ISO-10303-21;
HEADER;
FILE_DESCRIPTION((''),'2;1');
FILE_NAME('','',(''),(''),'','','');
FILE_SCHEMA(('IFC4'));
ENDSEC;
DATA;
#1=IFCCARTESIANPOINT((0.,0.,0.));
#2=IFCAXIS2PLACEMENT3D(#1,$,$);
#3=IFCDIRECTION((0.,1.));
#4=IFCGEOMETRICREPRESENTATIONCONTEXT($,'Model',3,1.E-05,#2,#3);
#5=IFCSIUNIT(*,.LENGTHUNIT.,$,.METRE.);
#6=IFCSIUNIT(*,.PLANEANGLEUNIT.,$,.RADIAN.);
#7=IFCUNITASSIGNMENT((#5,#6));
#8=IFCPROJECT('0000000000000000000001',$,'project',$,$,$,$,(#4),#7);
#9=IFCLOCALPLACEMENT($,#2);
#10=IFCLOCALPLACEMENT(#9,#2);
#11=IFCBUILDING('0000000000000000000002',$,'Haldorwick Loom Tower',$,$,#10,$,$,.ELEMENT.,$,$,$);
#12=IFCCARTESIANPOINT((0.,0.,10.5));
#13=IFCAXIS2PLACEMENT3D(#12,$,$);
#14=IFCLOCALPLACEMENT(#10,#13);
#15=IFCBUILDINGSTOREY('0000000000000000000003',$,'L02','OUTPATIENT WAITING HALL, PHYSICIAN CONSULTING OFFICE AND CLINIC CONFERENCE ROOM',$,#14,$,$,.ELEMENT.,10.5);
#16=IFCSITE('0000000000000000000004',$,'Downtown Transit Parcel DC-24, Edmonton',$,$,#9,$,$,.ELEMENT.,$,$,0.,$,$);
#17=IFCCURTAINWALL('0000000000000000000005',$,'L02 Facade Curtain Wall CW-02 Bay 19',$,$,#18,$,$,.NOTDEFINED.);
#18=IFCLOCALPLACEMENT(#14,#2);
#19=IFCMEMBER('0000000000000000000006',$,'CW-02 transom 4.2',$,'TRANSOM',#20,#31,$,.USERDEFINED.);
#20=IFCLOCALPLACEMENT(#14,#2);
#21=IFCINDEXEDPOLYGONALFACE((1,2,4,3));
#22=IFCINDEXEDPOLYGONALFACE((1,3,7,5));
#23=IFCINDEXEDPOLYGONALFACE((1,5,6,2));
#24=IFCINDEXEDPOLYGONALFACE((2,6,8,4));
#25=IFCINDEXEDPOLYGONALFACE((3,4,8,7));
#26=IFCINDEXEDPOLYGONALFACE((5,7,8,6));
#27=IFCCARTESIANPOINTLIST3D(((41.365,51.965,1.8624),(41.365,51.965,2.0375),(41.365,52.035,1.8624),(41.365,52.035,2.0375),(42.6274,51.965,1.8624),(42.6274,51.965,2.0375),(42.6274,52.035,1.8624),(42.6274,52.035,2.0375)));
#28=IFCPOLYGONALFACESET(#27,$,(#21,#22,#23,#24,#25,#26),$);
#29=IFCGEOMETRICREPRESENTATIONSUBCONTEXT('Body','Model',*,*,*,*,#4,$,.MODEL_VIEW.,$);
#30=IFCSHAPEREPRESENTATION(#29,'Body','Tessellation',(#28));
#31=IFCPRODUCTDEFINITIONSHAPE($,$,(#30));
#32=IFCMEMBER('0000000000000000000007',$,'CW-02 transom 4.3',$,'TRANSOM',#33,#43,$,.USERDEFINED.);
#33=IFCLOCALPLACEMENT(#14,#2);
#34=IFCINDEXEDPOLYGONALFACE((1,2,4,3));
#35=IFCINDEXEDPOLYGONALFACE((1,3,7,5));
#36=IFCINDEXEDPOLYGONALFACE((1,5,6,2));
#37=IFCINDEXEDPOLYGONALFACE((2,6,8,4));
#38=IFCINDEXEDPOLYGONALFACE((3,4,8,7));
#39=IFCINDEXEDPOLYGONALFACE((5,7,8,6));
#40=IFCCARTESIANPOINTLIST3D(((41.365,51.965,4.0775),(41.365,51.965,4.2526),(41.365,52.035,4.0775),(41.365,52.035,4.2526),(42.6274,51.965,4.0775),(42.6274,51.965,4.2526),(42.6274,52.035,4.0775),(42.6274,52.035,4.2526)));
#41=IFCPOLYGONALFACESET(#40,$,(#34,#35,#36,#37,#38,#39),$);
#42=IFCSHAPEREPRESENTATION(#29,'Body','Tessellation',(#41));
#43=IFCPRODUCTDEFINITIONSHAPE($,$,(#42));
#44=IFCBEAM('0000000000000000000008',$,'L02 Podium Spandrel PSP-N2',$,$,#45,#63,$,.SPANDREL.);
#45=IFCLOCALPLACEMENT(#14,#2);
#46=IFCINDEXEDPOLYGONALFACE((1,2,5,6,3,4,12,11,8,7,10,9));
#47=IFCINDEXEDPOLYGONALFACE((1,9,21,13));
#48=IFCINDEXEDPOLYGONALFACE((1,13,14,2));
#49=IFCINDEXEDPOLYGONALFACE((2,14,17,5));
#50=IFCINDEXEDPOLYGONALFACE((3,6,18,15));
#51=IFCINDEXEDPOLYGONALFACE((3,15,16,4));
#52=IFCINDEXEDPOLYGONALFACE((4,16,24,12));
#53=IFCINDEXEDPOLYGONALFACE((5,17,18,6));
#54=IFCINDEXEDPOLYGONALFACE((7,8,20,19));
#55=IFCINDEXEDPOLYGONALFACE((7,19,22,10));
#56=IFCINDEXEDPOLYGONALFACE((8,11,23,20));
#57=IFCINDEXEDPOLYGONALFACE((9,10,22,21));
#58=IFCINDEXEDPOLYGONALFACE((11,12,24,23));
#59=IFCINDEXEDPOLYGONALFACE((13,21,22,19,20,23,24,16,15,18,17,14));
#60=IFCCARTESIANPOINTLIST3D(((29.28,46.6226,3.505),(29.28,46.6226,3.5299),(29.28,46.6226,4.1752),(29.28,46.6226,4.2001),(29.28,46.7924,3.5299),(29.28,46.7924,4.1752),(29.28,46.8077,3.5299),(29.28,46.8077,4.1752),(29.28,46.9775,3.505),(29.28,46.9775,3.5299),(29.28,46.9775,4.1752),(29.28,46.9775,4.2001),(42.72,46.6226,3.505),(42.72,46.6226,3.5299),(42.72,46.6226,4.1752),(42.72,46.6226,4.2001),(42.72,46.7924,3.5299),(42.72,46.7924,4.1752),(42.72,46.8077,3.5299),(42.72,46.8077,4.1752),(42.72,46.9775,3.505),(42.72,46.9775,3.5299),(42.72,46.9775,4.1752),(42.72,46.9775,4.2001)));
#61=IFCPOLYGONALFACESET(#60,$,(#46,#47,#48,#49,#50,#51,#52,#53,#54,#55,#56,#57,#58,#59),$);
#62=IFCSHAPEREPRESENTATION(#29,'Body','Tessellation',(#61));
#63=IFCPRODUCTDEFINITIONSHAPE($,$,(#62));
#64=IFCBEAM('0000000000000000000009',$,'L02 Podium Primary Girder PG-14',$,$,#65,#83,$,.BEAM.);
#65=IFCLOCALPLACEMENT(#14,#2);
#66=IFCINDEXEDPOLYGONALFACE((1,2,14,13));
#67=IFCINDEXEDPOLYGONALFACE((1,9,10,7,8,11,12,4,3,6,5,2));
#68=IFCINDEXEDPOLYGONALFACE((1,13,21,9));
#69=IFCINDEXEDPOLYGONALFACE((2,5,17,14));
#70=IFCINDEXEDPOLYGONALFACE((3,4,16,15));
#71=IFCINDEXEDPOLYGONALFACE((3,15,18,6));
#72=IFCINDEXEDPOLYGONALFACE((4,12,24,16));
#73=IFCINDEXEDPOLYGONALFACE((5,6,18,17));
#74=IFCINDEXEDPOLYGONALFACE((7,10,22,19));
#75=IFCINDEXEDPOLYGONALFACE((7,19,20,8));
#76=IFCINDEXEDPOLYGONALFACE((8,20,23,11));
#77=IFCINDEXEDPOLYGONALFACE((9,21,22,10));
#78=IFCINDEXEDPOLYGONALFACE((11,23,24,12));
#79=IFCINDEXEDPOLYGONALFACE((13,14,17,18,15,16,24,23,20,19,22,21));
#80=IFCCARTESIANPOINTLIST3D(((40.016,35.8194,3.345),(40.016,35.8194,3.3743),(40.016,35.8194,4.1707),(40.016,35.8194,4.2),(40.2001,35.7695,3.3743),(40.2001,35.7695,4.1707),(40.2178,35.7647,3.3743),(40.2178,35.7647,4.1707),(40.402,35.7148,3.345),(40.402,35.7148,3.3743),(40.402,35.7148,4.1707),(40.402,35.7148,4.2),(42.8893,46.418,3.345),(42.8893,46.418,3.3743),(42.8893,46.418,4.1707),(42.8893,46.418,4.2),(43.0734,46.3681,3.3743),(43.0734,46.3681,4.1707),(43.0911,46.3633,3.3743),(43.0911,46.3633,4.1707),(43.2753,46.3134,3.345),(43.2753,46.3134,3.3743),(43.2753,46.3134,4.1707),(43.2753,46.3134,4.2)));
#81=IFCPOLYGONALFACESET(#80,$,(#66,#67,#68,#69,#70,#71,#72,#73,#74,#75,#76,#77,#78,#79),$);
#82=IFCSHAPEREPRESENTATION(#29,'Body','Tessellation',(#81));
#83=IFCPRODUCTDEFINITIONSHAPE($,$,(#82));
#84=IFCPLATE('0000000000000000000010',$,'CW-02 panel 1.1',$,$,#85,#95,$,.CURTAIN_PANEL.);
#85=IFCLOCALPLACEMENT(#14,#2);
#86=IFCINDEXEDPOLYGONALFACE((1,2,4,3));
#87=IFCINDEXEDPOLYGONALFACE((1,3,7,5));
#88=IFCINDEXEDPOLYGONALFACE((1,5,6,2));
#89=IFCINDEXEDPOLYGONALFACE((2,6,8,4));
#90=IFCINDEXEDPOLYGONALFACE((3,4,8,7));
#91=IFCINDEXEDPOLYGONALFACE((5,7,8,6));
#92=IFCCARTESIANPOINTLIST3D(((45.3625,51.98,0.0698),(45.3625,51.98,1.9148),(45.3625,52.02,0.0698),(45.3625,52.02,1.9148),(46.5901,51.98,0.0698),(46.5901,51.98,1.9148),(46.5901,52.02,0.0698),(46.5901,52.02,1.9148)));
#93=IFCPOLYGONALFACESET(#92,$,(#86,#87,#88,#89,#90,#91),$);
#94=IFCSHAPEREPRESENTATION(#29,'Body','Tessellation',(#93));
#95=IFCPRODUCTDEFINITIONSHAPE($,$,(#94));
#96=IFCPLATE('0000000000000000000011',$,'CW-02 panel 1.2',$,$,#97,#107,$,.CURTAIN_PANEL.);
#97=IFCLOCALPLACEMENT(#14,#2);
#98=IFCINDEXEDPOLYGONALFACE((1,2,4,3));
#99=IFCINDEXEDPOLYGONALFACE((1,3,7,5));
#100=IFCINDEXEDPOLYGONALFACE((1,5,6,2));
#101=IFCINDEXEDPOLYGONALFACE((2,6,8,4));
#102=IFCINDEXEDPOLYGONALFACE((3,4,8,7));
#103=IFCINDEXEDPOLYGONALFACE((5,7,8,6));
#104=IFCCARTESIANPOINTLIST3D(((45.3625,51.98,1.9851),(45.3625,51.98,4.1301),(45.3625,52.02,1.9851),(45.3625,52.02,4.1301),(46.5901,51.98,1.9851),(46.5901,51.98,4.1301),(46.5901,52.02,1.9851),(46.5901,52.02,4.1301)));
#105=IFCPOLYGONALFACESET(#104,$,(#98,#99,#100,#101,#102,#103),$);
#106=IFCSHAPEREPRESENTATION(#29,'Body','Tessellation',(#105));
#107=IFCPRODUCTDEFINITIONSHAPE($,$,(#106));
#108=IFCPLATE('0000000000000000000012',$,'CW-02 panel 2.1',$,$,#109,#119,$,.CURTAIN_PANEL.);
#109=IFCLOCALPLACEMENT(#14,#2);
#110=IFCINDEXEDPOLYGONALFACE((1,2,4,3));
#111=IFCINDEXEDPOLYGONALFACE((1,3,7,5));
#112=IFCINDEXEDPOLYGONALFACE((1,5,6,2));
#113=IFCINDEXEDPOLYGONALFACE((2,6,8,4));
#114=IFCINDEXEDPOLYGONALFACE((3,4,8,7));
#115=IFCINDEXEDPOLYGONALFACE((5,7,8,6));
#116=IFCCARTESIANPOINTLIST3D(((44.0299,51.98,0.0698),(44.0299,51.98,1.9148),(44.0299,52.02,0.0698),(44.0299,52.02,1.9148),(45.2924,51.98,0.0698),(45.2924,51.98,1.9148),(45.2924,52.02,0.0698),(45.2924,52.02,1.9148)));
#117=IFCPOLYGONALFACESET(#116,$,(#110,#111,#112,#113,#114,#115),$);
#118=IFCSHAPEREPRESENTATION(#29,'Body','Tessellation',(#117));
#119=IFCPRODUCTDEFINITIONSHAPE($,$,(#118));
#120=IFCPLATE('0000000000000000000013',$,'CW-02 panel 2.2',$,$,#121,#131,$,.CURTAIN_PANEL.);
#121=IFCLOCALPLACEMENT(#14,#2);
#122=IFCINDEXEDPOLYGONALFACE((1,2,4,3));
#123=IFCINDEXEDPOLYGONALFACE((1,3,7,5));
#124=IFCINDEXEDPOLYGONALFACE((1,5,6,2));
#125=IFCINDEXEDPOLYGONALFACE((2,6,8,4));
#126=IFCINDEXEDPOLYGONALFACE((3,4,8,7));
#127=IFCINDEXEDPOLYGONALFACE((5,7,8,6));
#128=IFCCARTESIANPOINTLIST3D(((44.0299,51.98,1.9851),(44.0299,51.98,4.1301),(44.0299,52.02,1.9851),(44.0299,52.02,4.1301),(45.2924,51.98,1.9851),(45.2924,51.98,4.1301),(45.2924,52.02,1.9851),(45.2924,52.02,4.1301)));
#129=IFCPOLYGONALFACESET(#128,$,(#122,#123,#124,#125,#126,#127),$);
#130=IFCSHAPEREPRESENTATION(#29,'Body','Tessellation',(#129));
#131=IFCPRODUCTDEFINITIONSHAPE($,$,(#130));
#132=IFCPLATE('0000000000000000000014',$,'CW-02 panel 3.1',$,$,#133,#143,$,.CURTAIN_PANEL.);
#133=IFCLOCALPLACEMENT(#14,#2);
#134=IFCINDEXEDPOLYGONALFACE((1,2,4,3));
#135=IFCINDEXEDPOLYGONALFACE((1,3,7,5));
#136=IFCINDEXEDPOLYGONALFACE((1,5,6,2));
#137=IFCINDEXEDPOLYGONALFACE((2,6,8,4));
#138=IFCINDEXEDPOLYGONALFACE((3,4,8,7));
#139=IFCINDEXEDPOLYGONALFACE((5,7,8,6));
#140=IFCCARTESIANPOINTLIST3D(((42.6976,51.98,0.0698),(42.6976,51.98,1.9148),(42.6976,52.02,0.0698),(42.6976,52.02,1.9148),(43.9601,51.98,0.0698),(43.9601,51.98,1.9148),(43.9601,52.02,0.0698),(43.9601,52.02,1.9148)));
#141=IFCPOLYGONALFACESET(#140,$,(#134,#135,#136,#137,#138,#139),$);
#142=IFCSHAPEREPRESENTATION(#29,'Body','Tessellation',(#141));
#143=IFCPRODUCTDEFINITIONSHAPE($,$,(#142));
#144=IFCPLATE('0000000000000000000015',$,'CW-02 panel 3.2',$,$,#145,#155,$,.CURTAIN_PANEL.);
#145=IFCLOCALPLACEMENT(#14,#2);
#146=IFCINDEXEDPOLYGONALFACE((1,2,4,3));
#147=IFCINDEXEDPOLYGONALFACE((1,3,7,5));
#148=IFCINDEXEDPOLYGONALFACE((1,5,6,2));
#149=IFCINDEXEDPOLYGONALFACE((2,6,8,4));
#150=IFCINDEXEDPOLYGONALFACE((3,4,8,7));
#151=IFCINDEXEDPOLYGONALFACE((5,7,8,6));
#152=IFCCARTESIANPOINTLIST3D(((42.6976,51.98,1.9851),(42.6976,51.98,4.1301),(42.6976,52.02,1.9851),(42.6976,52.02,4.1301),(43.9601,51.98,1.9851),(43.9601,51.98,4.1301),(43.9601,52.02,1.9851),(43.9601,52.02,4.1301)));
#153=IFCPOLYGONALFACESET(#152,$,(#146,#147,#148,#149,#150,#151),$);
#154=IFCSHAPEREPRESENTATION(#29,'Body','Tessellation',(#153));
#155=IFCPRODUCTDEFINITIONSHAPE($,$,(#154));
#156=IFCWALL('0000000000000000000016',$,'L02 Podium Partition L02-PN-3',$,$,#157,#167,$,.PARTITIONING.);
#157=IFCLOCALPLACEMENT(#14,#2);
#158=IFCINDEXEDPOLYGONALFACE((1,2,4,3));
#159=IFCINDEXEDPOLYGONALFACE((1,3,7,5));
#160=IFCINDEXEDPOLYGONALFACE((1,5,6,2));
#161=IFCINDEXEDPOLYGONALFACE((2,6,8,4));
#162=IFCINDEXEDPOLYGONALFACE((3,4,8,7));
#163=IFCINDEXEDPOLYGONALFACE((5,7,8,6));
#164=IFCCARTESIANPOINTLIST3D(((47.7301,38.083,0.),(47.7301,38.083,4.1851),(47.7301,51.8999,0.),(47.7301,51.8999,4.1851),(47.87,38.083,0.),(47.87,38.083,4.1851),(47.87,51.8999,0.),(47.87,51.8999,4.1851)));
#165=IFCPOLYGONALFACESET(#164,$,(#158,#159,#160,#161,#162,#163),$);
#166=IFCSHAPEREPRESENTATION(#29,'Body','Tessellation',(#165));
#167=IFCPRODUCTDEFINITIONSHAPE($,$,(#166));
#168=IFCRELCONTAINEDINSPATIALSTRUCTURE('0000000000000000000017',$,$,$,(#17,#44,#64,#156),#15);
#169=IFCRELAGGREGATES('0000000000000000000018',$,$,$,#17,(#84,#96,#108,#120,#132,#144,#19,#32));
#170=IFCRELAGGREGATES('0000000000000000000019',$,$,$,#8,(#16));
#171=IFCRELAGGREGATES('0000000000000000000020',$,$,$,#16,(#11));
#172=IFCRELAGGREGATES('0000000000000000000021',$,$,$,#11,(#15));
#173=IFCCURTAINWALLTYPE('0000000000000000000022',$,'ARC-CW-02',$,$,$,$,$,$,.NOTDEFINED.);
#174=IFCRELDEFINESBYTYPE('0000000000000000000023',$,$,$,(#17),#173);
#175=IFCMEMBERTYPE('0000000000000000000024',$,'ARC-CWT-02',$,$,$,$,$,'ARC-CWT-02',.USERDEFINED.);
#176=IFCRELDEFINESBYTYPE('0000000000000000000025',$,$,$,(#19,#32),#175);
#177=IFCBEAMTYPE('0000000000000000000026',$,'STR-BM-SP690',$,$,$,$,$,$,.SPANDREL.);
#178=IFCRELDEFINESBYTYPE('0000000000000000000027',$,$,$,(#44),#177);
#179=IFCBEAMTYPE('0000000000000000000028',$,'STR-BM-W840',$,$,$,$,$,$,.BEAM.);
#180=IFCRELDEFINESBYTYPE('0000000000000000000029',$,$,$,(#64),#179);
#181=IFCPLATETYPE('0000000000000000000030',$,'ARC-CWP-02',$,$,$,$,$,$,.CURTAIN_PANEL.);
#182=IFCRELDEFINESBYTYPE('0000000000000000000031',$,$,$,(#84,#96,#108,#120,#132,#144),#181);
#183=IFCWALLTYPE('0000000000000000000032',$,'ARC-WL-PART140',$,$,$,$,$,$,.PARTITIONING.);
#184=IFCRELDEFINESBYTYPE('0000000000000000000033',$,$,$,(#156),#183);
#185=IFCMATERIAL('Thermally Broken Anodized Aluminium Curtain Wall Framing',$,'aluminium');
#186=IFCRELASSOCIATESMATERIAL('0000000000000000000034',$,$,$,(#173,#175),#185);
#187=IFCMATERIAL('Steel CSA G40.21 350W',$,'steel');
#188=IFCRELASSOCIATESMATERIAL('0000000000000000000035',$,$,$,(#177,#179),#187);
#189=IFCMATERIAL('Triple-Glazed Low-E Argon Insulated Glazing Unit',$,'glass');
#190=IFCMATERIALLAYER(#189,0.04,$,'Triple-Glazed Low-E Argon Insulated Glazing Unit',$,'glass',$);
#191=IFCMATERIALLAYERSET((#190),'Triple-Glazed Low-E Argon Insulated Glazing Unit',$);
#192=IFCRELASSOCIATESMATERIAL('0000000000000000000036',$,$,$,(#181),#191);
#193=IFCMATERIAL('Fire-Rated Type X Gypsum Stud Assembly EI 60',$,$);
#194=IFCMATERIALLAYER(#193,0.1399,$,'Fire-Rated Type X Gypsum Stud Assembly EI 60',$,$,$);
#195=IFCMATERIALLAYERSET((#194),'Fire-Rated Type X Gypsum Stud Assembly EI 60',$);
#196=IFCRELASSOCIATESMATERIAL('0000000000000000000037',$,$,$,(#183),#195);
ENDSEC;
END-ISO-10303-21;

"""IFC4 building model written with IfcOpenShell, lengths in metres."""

from ifc_helpers import new_model, si_unit, direction, frame, frame_2d, origin, origin_2d, place, context, subcontext, project, spatial, rectangle, i_section, extrude, material, layer, layer_set, material_profile, profile_set, type_object, element, aggregate, save


model = new_model("IFC4")

# Units and contexts
model_context = context("Model", 3, precision=1e-05, world=origin(), true_north=direction((0.0, 1.0)))
body_context = subcontext(model_context, "Body", "Model", "MODEL_VIEW")
ifc_project = project(units=[si_unit("LENGTHUNIT", "METRE"), si_unit("PLANEANGLEUNIT", "RADIAN")], contexts=[model_context])

# Site, building, storey
site_placement = place(None, origin())
site = spatial("IfcSite", under=ifc_project, at=site_placement, Name="Downtown Transit Parcel DC-24, Edmonton", CompositionType="ELEMENT", RefElevation=0.0)
building_placement = place(site_placement, origin())
building = spatial("IfcBuilding", under=site, at=building_placement, Name="Haldorwick Loom Tower", CompositionType="ELEMENT")
storey_placement = place(building_placement, frame((0.0, 0.0, 10.5)))
storey = spatial("IfcBuildingStorey", under=building, at=storey_placement, Name="L02", Description="OUTPATIENT WAITING HALL, PHYSICIAN CONSULTING OFFICE AND CLINIC CONFERENCE ROOM", CompositionType="ELEMENT", Elevation=10.5)

# Curtain wall, members
ifc_material_1 = material(Name="Thermally Broken Anodized Aluminium Curtain Wall Framing", Category="aluminium")
curtain_wall_type = type_object("IfcCurtainWallType", Name="ARC-CW-02", PredefinedType="NOTDEFINED", material=ifc_material_1)
curtain_wall_placement = place(storey_placement, origin())
curtain_wall = element("IfcCurtainWall", 1, at=curtain_wall_placement, inside=storey, type_object=curtain_wall_type, Name="L02 Facade Curtain Wall CW-02 Bay 19", PredefinedType="NOTDEFINED")
ifc_material_profile_1 = material_profile(ifc_material_1, rectangle(XDim=0.0701, YDim=0.175, at=origin_2d()), Name="ALU_TRN_70X175", Category="aluminium")
ifc_profile_set_1 = profile_set([ifc_material_profile_1], Name="Thermally Broken Anodized Aluminium Curtain Wall Framing")
member_type_1 = type_object("IfcMemberType", Name="ARC-CWT-02", ElementType="ARC-CWT-02", PredefinedType="USERDEFINED", material=ifc_profile_set_1)
member_1_placement = place(storey_placement, frame((42.6274, 52.0, 1.95), z_axis=(-1.0, 0.0, 0.0), x_axis=(0.0, -1.0, 0.0)))
member_1 = element("IfcMember", 2, at=member_1_placement, type_object=member_type_1, Name="CW-02 transom 4.2", ObjectType="TRANSOM", PredefinedType="USERDEFINED", context=body_context, shape_type="SweptSolid", body=[
    extrude(rectangle(XDim=0.0701, YDim=0.175, at=origin_2d()), origin(), (0.0, 0.0, 1.0), 1.2625),
])
member_2_placement = place(storey_placement, frame((42.6274, 52.0, 4.165), z_axis=(-1.0, 0.0, 0.0), x_axis=(0.0, -1.0, 0.0)))
member_2 = element("IfcMember", 3, at=member_2_placement, type_object=member_type_1, Name="CW-02 transom 4.3", ObjectType="TRANSOM", PredefinedType="USERDEFINED", context=body_context, shape_type="SweptSolid", body=[
    extrude(rectangle(XDim=0.0701, YDim=0.175, at=origin_2d()), origin(), (0.0, 0.0, 1.0), 1.2625),
])

# Beams
ifc_material_2 = material(Name="Steel CSA G40.21 350W", Category="steel")
ifc_material_profile_2 = material_profile(ifc_material_2, i_section(OverallWidth=0.355, OverallDepth=0.6951, WebThickness=0.0154, FlangeThickness=0.0249, at=origin_2d()), Name="W690X217", Category="steel")
ifc_profile_set_2 = profile_set([ifc_material_profile_2], Name="Steel CSA G40.21 350W")
beam_type_1 = type_object("IfcBeamType", Name="STR-BM-SP690", PredefinedType="SPANDREL", material=ifc_profile_set_2)
beam_1_placement = place(storey_placement, frame((42.72, 46.8, 3.8525), z_axis=(-1.0, 0.0, 0.0), x_axis=(0.0, -1.0, 0.0)))
element("IfcBeam", 4, at=beam_1_placement, inside=storey, type_object=beam_type_1, Name="L02 Podium Spandrel PSP-N2", PredefinedType="SPANDREL", context=body_context, shape_type="SweptSolid", body=[
    extrude(i_section(OverallWidth=0.355, OverallDepth=0.6951, WebThickness=0.0154, FlangeThickness=0.0249, at=origin_2d()), origin(), (0.0, 0.0, 1.0), 13.4399),
])
ifc_material_profile_3 = material_profile(ifc_material_2, i_section(OverallWidth=0.3999, OverallDepth=0.855, WebThickness=0.0183, FlangeThickness=0.0293, at=origin_2d()), Name="W840X299", Category="steel")
ifc_profile_set_3 = profile_set([ifc_material_profile_3], Name="Steel CSA G40.21 350W")
beam_type_2 = type_object("IfcBeamType", Name="STR-BM-W840", PredefinedType="BEAM", material=ifc_profile_set_3)
beam_2_placement = place(storey_placement, frame((43.0823, 46.3657, 3.7725), z_axis=(-0.261655, -0.965161, 0.0), x_axis=(0.965161, -0.261655, 0.0)))
element("IfcBeam", 5, at=beam_2_placement, inside=storey, type_object=beam_type_2, Name="L02 Podium Primary Girder PG-14", PredefinedType="BEAM", context=body_context, shape_type="SweptSolid", body=[
    extrude(i_section(OverallWidth=0.3999, OverallDepth=0.855, WebThickness=0.0183, FlangeThickness=0.0293, at=origin_2d()), origin(), (0.0, 0.0, 1.0), 10.9812),
])

# Plates
ifc_material_3 = material(Name="Triple-Glazed Low-E Argon Insulated Glazing Unit", Category="glass")
ifc_layer_1 = layer(ifc_material_3, 0.04, Name="Triple-Glazed Low-E Argon Insulated Glazing Unit", Category="glass")
ifc_layer_set_1 = layer_set([ifc_layer_1], Name="Triple-Glazed Low-E Argon Insulated Glazing Unit")
plate_type = type_object("IfcPlateType", Name="ARC-CWP-02", PredefinedType="CURTAIN_PANEL", material=ifc_layer_set_1)
plate_1_placement = place(storey_placement, frame((45.9763, 52.0, 0.0698), z_axis=(0.0, 0.0, 1.0), x_axis=(-1.0, 0.0, 0.0)))
plate_1 = element("IfcPlate", 6, at=plate_1_placement, type_object=plate_type, Name="CW-02 panel 1.1", PredefinedType="CURTAIN_PANEL", context=body_context, shape_type="SweptSolid", body=[
    extrude(rectangle(XDim=1.2275, YDim=0.04, at=origin_2d()), origin(), (0.0, 0.0, 1.0), 1.845),
])
plate_2_placement = place(storey_placement, frame((45.9763, 52.0, 1.9851), z_axis=(0.0, 0.0, 1.0), x_axis=(-1.0, 0.0, 0.0)))
plate_2 = element("IfcPlate", 7, at=plate_2_placement, type_object=plate_type, Name="CW-02 panel 1.2", PredefinedType="CURTAIN_PANEL", context=body_context, shape_type="SweptSolid", body=[
    extrude(rectangle(XDim=1.2275, YDim=0.04, at=origin_2d()), origin(), (0.0, 0.0, 1.0), 2.145),
])
plate_3_placement = place(storey_placement, frame((44.6611, 52.0, 0.0698), z_axis=(0.0, 0.0, 1.0), x_axis=(-1.0, 0.0, 0.0)))
plate_3 = element("IfcPlate", 8, at=plate_3_placement, type_object=plate_type, Name="CW-02 panel 2.1", PredefinedType="CURTAIN_PANEL", context=body_context, shape_type="SweptSolid", body=[
    extrude(rectangle(XDim=1.2625, YDim=0.04, at=origin_2d()), origin(), (0.0, 0.0, 1.0), 1.845),
])
plate_4_placement = place(storey_placement, frame((44.6611, 52.0, 1.9851), z_axis=(0.0, 0.0, 1.0), x_axis=(-1.0, 0.0, 0.0)))
plate_4 = element("IfcPlate", 9, at=plate_4_placement, type_object=plate_type, Name="CW-02 panel 2.2", PredefinedType="CURTAIN_PANEL", context=body_context, shape_type="SweptSolid", body=[
    extrude(rectangle(XDim=1.2625, YDim=0.04, at=origin_2d()), origin(), (0.0, 0.0, 1.0), 2.145),
])
plate_5_placement = place(storey_placement, frame((43.3289, 52.0, 0.0698), z_axis=(0.0, 0.0, 1.0), x_axis=(-1.0, 0.0, 0.0)))
plate_5 = element("IfcPlate", 10, at=plate_5_placement, type_object=plate_type, Name="CW-02 panel 3.1", PredefinedType="CURTAIN_PANEL", context=body_context, shape_type="SweptSolid", body=[
    extrude(rectangle(XDim=1.2625, YDim=0.04, at=origin_2d()), origin(), (0.0, 0.0, 1.0), 1.845),
])
plate_6_placement = place(storey_placement, frame((43.3289, 52.0, 1.9851), z_axis=(0.0, 0.0, 1.0), x_axis=(-1.0, 0.0, 0.0)))
plate_6 = element("IfcPlate", 11, at=plate_6_placement, type_object=plate_type, Name="CW-02 panel 3.2", PredefinedType="CURTAIN_PANEL", context=body_context, shape_type="SweptSolid", body=[
    extrude(rectangle(XDim=1.2625, YDim=0.04, at=origin_2d()), origin(), (0.0, 0.0, 1.0), 2.145),
])
aggregate(curtain_wall, [plate_1, plate_2, plate_3, plate_4, plate_5, plate_6, member_1, member_2])

# Wall
ifc_material_4 = material(Name="Fire-Rated Type X Gypsum Stud Assembly EI 60")
ifc_layer_2 = layer(ifc_material_4, 0.1399, Name="Fire-Rated Type X Gypsum Stud Assembly EI 60")
ifc_layer_set_2 = layer_set([ifc_layer_2], Name="Fire-Rated Type X Gypsum Stud Assembly EI 60")
wall_type = type_object("IfcWallType", Name="ARC-WL-PART140", PredefinedType="PARTITIONING", material=ifc_layer_set_2)
wall_placement = place(storey_placement, frame((47.8, 38.083, 0.0), z_axis=(0.0, 0.0, 1.0), x_axis=(0.0, 1.0, 0.0)))
element("IfcWall", 12, at=wall_placement, inside=storey, type_object=wall_type, Name="L02 Podium Partition L02-PN-3", PredefinedType="PARTITIONING", context=body_context, shape_type="SweptSolid", body=[
    extrude(rectangle(XDim=13.8169, YDim=0.1399, at=frame_2d((6.9084, 0.0))), origin(), (0.0, 0.0, 1.0), 4.1851),
])

save(model, "model.ifc")
